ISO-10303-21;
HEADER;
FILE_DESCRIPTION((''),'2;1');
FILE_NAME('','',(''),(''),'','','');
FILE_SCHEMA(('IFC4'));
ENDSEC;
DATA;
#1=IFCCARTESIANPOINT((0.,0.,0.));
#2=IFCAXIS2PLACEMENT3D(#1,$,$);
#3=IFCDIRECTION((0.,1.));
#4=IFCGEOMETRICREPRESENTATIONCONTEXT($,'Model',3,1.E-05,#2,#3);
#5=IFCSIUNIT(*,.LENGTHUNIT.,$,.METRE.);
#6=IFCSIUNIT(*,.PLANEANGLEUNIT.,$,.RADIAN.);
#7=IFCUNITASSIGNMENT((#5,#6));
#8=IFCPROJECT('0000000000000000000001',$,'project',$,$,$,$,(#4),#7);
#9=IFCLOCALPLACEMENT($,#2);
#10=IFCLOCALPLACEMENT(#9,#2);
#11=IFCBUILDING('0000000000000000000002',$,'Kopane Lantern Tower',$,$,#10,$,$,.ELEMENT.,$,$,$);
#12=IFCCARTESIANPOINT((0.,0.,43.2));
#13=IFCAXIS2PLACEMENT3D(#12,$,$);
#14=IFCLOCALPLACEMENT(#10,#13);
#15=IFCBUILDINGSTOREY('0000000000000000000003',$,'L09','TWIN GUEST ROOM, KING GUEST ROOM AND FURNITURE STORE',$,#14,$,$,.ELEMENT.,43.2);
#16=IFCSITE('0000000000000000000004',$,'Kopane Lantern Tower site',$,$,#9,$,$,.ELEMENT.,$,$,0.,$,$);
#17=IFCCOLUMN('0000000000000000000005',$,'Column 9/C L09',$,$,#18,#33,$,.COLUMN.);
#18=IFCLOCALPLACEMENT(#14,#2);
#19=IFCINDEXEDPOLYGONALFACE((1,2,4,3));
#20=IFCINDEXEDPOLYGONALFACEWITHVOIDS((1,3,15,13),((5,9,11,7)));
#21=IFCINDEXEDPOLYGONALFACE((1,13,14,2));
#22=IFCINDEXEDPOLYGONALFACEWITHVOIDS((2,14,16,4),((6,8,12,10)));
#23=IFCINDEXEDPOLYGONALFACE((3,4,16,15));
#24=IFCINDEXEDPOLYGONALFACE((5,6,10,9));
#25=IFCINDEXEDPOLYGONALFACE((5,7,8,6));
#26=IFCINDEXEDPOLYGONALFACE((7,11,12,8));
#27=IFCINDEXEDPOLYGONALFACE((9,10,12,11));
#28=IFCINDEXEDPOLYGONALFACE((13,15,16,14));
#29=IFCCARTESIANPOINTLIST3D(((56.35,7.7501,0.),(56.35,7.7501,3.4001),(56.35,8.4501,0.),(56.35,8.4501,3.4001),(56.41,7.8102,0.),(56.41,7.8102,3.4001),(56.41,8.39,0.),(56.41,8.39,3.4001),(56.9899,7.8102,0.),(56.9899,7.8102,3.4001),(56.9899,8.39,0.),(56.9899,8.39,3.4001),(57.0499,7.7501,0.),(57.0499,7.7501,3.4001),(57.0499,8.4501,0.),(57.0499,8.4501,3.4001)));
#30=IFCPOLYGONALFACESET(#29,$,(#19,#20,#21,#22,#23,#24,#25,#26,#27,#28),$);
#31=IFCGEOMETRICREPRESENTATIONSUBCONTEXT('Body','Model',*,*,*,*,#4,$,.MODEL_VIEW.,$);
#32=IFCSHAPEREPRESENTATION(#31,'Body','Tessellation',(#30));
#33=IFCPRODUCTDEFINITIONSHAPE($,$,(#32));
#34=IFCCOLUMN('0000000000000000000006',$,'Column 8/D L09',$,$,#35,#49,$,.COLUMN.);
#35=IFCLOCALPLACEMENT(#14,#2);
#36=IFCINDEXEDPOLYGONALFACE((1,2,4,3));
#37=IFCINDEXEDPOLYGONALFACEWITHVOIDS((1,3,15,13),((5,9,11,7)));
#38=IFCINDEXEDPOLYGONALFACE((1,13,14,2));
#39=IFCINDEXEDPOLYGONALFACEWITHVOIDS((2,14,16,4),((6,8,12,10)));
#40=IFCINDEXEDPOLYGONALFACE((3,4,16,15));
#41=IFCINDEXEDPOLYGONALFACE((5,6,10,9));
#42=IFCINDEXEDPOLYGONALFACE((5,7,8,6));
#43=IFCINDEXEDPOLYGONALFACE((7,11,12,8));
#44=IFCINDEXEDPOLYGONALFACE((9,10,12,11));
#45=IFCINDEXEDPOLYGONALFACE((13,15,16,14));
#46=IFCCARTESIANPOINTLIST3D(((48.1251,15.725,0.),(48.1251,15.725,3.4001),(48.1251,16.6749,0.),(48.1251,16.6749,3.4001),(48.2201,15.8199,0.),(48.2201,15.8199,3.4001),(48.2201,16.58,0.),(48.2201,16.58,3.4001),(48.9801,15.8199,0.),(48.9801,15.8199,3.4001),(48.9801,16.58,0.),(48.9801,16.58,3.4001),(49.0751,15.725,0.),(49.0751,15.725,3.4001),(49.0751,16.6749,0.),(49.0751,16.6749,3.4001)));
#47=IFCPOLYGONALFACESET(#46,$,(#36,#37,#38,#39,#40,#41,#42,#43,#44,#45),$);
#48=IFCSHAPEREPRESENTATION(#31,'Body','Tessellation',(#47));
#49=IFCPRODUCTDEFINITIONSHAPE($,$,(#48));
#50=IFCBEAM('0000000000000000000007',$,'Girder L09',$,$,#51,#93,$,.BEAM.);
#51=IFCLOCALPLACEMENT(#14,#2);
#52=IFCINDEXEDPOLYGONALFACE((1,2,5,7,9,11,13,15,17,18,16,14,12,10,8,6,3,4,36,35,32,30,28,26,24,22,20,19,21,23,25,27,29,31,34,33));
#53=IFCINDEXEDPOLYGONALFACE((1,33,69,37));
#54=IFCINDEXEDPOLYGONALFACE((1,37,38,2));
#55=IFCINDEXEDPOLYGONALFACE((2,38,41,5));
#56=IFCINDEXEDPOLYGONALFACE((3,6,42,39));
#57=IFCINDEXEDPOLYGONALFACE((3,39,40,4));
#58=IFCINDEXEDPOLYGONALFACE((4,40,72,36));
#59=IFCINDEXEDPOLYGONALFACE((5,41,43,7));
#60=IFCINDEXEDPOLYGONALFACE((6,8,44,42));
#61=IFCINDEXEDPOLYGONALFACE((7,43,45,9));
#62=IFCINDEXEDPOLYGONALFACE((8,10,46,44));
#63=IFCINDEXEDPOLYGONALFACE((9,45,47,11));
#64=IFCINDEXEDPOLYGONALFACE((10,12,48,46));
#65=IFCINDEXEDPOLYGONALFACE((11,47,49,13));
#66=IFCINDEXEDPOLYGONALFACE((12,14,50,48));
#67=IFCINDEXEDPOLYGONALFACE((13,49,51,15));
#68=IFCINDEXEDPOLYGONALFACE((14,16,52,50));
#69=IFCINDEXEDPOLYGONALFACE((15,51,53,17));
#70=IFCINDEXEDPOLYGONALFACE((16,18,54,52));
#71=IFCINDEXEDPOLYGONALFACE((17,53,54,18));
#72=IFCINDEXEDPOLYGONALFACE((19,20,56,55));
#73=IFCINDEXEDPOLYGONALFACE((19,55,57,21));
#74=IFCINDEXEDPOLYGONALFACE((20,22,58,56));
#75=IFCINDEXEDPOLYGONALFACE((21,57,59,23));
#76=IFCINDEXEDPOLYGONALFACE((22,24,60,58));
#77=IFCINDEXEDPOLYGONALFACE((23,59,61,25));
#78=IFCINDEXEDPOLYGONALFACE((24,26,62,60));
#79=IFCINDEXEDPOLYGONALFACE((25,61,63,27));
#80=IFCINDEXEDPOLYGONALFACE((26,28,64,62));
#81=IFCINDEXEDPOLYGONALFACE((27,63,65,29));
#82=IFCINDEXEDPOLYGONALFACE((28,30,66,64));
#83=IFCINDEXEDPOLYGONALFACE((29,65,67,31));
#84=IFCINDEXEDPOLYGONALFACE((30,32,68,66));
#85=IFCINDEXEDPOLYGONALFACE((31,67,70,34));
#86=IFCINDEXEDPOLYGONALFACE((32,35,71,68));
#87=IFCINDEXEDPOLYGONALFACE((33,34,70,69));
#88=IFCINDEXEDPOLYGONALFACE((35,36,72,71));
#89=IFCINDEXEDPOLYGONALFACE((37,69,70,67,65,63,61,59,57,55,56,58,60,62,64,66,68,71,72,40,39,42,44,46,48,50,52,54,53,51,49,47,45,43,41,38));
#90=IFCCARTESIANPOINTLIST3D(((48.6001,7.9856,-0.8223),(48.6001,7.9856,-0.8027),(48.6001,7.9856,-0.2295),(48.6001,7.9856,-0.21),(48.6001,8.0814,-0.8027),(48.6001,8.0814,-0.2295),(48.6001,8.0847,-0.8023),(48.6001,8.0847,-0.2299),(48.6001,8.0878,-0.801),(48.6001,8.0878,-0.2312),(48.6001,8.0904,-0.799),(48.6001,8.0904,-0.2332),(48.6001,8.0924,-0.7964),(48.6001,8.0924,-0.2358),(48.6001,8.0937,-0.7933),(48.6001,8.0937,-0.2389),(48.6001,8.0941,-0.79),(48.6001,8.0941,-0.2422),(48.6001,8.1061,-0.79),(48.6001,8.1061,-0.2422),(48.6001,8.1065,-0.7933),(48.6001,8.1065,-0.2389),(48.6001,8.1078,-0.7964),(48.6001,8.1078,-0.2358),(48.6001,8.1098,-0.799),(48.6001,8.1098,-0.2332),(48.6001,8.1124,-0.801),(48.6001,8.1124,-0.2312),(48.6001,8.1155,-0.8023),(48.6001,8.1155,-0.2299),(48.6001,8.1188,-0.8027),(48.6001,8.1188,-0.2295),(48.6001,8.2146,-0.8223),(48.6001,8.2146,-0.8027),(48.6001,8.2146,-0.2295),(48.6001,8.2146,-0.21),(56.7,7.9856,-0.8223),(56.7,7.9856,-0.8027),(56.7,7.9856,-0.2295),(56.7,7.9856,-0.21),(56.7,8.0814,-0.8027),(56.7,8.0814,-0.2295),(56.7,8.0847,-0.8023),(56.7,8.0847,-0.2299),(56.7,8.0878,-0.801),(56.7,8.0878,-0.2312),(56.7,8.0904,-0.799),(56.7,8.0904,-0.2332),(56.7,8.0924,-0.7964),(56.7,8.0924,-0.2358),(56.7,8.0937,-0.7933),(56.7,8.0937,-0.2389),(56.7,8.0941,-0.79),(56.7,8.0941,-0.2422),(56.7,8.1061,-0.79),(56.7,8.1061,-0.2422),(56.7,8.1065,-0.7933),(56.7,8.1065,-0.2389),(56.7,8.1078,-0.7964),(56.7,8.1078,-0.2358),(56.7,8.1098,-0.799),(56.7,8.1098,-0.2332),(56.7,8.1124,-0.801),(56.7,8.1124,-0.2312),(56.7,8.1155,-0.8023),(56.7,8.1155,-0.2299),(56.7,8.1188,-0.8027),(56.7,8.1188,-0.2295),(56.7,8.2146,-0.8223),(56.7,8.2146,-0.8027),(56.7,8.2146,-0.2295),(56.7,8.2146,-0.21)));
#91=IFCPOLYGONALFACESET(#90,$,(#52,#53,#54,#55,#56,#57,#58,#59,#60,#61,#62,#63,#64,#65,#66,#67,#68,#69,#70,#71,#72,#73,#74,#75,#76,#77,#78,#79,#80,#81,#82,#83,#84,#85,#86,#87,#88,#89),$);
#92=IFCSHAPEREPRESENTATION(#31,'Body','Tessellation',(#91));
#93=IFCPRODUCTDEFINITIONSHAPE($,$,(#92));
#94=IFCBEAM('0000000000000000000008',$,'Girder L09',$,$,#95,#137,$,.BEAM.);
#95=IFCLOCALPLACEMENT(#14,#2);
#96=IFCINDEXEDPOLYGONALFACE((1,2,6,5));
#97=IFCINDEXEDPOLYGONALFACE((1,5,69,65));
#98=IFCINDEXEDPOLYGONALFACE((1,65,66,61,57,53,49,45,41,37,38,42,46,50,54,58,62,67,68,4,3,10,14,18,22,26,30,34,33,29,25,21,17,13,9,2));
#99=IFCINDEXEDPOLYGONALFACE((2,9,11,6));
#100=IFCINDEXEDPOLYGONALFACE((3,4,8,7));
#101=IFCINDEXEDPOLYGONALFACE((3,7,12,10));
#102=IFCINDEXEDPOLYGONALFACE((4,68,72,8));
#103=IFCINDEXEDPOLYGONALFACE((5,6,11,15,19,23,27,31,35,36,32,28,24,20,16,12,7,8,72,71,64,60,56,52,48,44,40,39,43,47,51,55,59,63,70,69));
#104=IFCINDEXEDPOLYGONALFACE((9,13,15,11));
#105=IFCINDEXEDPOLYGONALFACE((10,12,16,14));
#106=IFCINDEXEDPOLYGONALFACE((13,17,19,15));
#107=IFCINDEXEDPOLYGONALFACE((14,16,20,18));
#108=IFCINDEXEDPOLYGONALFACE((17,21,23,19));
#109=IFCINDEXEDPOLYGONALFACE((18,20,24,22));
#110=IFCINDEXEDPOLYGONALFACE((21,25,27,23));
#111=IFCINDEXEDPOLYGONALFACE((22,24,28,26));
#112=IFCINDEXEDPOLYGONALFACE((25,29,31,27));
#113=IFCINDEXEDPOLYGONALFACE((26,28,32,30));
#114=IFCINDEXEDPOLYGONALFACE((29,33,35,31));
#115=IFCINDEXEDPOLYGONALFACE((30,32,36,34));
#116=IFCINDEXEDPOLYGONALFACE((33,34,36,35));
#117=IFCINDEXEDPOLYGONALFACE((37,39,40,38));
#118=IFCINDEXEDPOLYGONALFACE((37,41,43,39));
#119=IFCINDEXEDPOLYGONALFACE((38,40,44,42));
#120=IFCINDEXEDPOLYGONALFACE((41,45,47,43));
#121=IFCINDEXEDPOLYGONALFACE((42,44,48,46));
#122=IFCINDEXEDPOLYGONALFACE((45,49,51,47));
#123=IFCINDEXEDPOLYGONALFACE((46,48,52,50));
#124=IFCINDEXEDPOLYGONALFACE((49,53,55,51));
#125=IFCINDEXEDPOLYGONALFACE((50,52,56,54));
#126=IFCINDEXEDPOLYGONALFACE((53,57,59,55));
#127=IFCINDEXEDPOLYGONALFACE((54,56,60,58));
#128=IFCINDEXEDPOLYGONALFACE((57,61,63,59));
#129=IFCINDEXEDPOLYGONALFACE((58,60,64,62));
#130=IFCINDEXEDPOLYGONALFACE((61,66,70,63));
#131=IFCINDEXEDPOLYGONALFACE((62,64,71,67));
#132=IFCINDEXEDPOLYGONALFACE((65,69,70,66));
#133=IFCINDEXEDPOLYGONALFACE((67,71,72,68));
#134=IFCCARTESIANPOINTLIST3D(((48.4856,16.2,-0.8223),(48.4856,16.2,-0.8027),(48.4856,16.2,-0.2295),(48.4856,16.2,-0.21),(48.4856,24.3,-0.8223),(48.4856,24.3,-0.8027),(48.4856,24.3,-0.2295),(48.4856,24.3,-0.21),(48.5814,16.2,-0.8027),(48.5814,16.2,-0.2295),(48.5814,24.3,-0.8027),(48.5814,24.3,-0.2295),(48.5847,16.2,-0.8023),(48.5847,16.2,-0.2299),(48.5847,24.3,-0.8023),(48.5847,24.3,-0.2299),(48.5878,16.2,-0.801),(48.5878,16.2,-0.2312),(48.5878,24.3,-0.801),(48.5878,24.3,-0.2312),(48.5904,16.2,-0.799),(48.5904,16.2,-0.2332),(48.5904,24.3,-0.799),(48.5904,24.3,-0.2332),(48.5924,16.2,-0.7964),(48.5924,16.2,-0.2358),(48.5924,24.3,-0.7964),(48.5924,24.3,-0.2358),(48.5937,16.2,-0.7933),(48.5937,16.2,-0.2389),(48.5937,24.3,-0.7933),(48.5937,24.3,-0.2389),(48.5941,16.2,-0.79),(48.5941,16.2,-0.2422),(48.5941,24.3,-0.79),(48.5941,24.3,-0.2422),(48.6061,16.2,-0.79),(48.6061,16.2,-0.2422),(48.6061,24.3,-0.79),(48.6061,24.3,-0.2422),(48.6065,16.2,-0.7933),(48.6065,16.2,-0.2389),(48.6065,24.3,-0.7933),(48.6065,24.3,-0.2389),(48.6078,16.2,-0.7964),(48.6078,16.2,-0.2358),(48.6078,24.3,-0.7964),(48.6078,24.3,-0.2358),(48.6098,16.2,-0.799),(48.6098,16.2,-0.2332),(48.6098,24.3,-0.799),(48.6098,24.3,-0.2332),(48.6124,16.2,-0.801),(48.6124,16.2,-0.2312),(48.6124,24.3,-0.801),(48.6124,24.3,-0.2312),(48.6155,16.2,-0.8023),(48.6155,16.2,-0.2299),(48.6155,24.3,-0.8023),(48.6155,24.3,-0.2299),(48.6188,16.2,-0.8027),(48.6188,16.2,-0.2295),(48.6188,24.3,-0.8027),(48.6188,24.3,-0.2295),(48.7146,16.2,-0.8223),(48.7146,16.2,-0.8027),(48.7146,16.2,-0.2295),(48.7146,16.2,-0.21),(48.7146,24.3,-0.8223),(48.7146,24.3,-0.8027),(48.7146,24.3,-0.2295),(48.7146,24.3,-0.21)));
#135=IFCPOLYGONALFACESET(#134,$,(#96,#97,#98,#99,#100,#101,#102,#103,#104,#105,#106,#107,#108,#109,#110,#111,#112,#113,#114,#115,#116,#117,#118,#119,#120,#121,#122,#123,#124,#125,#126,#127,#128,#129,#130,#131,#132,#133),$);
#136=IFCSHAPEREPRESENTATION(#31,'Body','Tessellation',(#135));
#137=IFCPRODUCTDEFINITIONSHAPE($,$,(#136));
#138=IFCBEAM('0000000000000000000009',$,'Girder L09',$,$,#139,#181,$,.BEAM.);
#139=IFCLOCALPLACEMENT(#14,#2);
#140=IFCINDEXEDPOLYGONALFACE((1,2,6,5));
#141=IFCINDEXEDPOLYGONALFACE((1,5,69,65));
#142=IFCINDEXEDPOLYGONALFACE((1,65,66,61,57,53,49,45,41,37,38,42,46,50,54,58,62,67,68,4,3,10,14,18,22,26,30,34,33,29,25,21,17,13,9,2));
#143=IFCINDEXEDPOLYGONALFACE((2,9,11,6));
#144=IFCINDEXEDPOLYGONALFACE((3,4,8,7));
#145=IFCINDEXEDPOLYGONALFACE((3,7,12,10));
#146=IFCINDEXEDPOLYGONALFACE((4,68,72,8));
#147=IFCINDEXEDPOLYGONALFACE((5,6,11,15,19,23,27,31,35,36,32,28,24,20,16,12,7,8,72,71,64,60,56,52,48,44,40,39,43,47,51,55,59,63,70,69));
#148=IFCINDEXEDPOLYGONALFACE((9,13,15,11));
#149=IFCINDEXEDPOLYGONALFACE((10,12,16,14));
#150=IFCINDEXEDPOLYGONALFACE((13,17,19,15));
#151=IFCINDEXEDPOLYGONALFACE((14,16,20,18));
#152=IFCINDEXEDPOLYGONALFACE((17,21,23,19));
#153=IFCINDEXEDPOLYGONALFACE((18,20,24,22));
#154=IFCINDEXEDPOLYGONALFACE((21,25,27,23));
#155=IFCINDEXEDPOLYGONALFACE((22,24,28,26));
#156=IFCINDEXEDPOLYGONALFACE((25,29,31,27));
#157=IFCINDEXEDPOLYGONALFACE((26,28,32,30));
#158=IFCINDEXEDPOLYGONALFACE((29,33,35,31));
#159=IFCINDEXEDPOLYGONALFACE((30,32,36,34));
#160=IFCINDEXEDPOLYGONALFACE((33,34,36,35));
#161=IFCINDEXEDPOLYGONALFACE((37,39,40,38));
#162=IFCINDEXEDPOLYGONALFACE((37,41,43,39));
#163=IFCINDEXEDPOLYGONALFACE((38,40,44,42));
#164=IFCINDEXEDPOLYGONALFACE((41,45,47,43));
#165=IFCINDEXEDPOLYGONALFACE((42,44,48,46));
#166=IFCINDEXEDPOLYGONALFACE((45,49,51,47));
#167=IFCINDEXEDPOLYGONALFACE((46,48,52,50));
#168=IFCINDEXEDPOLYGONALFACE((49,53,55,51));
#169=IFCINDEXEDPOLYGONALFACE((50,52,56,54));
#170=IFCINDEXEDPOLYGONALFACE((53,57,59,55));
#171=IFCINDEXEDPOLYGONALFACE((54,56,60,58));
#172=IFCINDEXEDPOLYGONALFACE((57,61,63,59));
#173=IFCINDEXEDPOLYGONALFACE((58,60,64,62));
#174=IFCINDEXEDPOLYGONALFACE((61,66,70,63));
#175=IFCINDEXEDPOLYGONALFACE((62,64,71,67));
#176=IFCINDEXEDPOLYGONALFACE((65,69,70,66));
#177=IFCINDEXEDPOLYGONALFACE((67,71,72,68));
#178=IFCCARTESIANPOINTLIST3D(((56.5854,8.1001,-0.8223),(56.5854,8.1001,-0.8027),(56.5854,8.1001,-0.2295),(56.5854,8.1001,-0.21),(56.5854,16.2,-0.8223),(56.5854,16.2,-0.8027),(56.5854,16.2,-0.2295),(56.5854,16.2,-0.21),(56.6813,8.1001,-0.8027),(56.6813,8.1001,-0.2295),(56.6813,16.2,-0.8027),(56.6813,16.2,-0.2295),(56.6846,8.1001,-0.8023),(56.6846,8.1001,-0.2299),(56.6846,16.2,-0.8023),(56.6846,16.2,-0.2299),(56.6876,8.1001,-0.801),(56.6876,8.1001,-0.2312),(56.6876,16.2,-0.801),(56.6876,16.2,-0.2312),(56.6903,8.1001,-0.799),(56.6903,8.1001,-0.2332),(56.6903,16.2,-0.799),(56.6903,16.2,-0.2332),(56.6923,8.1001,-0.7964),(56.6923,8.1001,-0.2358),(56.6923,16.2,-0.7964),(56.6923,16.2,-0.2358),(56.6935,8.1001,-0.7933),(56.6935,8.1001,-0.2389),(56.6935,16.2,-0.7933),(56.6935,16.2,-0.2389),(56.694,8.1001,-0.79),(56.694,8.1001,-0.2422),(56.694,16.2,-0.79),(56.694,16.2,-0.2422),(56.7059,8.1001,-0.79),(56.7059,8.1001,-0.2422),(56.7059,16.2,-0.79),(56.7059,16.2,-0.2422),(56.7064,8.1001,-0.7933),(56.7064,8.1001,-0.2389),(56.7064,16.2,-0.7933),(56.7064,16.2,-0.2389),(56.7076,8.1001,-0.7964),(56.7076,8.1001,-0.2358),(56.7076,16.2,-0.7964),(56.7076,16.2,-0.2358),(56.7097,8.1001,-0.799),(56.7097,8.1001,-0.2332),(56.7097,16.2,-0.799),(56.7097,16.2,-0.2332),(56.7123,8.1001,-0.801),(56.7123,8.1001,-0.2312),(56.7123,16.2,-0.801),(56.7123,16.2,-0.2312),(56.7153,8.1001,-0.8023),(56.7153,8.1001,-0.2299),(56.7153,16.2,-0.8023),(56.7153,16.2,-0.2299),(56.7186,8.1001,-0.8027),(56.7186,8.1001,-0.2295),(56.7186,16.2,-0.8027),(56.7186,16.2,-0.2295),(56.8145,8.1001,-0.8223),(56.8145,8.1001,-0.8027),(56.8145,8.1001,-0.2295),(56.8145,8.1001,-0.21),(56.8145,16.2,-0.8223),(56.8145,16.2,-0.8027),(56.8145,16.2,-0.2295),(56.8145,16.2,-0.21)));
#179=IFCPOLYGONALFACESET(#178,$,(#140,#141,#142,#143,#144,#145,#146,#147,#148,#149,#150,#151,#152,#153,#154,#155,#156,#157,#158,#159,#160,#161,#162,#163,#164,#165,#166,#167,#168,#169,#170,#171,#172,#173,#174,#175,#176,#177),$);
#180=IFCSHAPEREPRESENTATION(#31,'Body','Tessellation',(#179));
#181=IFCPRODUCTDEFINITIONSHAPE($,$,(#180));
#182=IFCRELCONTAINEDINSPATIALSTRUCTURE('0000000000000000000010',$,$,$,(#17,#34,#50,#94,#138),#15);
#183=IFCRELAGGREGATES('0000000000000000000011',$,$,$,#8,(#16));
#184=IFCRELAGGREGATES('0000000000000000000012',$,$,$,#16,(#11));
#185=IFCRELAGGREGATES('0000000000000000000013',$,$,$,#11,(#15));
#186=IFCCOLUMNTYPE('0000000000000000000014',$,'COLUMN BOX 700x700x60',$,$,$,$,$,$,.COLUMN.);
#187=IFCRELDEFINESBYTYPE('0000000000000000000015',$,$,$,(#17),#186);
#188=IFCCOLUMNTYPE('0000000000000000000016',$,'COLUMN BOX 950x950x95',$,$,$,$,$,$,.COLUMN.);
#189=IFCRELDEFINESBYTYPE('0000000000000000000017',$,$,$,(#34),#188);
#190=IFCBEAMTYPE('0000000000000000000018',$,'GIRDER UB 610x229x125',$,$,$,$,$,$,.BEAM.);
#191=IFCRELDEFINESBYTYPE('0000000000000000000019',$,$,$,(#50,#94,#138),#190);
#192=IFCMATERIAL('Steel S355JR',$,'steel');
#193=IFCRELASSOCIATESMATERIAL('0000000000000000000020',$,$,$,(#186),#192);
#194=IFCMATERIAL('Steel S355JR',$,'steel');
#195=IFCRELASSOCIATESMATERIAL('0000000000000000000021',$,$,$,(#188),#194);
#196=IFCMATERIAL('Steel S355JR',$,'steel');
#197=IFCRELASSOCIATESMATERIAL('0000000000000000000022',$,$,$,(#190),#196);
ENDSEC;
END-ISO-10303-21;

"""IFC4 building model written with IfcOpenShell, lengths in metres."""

from ifc_helpers import new_model, si_unit, direction, frame, origin, origin_2d, place, context, subcontext, project, spatial, hollow_rectangle, i_section, extrude, material, material_profile, profile_set, type_object, element, save


model = new_model("IFC4")

# Units and contexts
model_context = context("Model", 3, precision=1e-05, world=origin(), true_north=direction((0.0, 1.0)))
body_context = subcontext(model_context, "Body", "Model", "MODEL_VIEW")
ifc_project = project(units=[si_unit("LENGTHUNIT", "METRE"), si_unit("PLANEANGLEUNIT", "RADIAN")], contexts=[model_context])

# Site, building, storey
site_placement = place(None, origin())
site = spatial("IfcSite", under=ifc_project, at=site_placement, Name="Kopane Lantern Tower site", CompositionType="ELEMENT", RefElevation=0.0)
building_placement = place(site_placement, origin())
building = spatial("IfcBuilding", under=site, at=building_placement, Name="Kopane Lantern Tower", CompositionType="ELEMENT")
storey_placement = place(building_placement, frame((0.0, 0.0, 43.2)))
storey = spatial("IfcBuildingStorey", under=building, at=storey_placement, Name="L09", Description="TWIN GUEST ROOM, KING GUEST ROOM AND FURNITURE STORE", CompositionType="ELEMENT", Elevation=43.2)

# Columns
ifc_material_1 = material(Name="Steel S355JR", Category="steel")
ifc_material_profile_1 = material_profile(ifc_material_1, hollow_rectangle(XDim=0.7, YDim=0.7, WallThickness=0.0601, at=origin_2d()), Name="BOX 700x700x60")
ifc_profile_set_1 = profile_set([ifc_material_profile_1], Name="Steel S355JR")
column_type_1 = type_object("IfcColumnType", Name="COLUMN BOX 700x700x60", PredefinedType="COLUMN", material=ifc_profile_set_1)
column_1_placement = place(storey_placement, frame((56.7, 8.1001, 0.0), z_axis=(0.0, 0.0, 1.0), x_axis=(1.0, 0.0, 0.0)))
element("IfcColumn", 1, at=column_1_placement, inside=storey, type_object=column_type_1, Name="Column 9/C L09", PredefinedType="COLUMN", context=body_context, shape_type="SweptSolid", body=[
    extrude(hollow_rectangle(XDim=0.7, YDim=0.7, WallThickness=0.0601, at=origin_2d()), origin(), (0.0, 0.0, 1.0), 3.4001),
])
ifc_material_2 = material(Name="Steel S355JR", Category="steel")
ifc_material_profile_2 = material_profile(ifc_material_2, hollow_rectangle(XDim=0.95, YDim=0.95, WallThickness=0.095, at=origin_2d()), Name="BOX 950x950x95")
ifc_profile_set_2 = profile_set([ifc_material_profile_2], Name="Steel S355JR")
column_type_2 = type_object("IfcColumnType", Name="COLUMN BOX 950x950x95", PredefinedType="COLUMN", material=ifc_profile_set_2)
column_2_placement = place(storey_placement, frame((48.6001, 16.2, 0.0), z_axis=(0.0, 0.0, 1.0), x_axis=(1.0, 0.0, 0.0)))
element("IfcColumn", 2, at=column_2_placement, inside=storey, type_object=column_type_2, Name="Column 8/D L09", PredefinedType="COLUMN", context=body_context, shape_type="SweptSolid", body=[
    extrude(hollow_rectangle(XDim=0.95, YDim=0.95, WallThickness=0.095, at=origin_2d()), origin(), (0.0, 0.0, 1.0), 3.4001),
])

# Beams
ifc_material_3 = material(Name="Steel S355JR", Category="steel")
ifc_material_profile_3 = material_profile(ifc_material_3, i_section(OverallWidth=0.229, OverallDepth=0.6123, WebThickness=0.012, FlangeThickness=0.0195, FilletRadius=0.0127, at=origin_2d()), Name="UB 610x229x125")
ifc_profile_set_3 = profile_set([ifc_material_profile_3], Name="Steel S355JR")
beam_type = type_object("IfcBeamType", Name="GIRDER UB 610x229x125", PredefinedType="BEAM", material=ifc_profile_set_3)
beam_1_placement = place(storey_placement, frame((48.6001, 8.1001, -0.5161), z_axis=(1.0, 0.0, 0.0), x_axis=(0.0, 1.0, 0.0)))
element("IfcBeam", 3, at=beam_1_placement, inside=storey, type_object=beam_type, Name="Girder L09", PredefinedType="BEAM", context=body_context, shape_type="SweptSolid", body=[
    extrude(i_section(OverallWidth=0.229, OverallDepth=0.6123, WebThickness=0.012, FlangeThickness=0.0195, FilletRadius=0.0127, at=origin_2d()), origin(), (0.0, 0.0, 1.0), 8.0999),
])
beam_2_placement = place(storey_placement, frame((48.6001, 16.2, -0.5161), z_axis=(0.0, 1.0, 0.0), x_axis=(-1.0, 0.0, 0.0)))
element("IfcBeam", 4, at=beam_2_placement, inside=storey, type_object=beam_type, Name="Girder L09", PredefinedType="BEAM", context=body_context, shape_type="SweptSolid", body=[
    extrude(i_section(OverallWidth=0.229, OverallDepth=0.6123, WebThickness=0.012, FlangeThickness=0.0195, FilletRadius=0.0127, at=origin_2d()), origin(), (0.0, 0.0, 1.0), 8.1001),
])
beam_3_placement = place(storey_placement, frame((56.7, 8.1001, -0.5161), z_axis=(0.0, 1.0, 0.0), x_axis=(-1.0, 0.0, 0.0)))
element("IfcBeam", 5, at=beam_3_placement, inside=storey, type_object=beam_type, Name="Girder L09", PredefinedType="BEAM", context=body_context, shape_type="SweptSolid", body=[
    extrude(i_section(OverallWidth=0.229, OverallDepth=0.6123, WebThickness=0.012, FlangeThickness=0.0195, FilletRadius=0.0127, at=origin_2d()), origin(), (0.0, 0.0, 1.0), 8.0999),
])

save(model, "model.ifc")
